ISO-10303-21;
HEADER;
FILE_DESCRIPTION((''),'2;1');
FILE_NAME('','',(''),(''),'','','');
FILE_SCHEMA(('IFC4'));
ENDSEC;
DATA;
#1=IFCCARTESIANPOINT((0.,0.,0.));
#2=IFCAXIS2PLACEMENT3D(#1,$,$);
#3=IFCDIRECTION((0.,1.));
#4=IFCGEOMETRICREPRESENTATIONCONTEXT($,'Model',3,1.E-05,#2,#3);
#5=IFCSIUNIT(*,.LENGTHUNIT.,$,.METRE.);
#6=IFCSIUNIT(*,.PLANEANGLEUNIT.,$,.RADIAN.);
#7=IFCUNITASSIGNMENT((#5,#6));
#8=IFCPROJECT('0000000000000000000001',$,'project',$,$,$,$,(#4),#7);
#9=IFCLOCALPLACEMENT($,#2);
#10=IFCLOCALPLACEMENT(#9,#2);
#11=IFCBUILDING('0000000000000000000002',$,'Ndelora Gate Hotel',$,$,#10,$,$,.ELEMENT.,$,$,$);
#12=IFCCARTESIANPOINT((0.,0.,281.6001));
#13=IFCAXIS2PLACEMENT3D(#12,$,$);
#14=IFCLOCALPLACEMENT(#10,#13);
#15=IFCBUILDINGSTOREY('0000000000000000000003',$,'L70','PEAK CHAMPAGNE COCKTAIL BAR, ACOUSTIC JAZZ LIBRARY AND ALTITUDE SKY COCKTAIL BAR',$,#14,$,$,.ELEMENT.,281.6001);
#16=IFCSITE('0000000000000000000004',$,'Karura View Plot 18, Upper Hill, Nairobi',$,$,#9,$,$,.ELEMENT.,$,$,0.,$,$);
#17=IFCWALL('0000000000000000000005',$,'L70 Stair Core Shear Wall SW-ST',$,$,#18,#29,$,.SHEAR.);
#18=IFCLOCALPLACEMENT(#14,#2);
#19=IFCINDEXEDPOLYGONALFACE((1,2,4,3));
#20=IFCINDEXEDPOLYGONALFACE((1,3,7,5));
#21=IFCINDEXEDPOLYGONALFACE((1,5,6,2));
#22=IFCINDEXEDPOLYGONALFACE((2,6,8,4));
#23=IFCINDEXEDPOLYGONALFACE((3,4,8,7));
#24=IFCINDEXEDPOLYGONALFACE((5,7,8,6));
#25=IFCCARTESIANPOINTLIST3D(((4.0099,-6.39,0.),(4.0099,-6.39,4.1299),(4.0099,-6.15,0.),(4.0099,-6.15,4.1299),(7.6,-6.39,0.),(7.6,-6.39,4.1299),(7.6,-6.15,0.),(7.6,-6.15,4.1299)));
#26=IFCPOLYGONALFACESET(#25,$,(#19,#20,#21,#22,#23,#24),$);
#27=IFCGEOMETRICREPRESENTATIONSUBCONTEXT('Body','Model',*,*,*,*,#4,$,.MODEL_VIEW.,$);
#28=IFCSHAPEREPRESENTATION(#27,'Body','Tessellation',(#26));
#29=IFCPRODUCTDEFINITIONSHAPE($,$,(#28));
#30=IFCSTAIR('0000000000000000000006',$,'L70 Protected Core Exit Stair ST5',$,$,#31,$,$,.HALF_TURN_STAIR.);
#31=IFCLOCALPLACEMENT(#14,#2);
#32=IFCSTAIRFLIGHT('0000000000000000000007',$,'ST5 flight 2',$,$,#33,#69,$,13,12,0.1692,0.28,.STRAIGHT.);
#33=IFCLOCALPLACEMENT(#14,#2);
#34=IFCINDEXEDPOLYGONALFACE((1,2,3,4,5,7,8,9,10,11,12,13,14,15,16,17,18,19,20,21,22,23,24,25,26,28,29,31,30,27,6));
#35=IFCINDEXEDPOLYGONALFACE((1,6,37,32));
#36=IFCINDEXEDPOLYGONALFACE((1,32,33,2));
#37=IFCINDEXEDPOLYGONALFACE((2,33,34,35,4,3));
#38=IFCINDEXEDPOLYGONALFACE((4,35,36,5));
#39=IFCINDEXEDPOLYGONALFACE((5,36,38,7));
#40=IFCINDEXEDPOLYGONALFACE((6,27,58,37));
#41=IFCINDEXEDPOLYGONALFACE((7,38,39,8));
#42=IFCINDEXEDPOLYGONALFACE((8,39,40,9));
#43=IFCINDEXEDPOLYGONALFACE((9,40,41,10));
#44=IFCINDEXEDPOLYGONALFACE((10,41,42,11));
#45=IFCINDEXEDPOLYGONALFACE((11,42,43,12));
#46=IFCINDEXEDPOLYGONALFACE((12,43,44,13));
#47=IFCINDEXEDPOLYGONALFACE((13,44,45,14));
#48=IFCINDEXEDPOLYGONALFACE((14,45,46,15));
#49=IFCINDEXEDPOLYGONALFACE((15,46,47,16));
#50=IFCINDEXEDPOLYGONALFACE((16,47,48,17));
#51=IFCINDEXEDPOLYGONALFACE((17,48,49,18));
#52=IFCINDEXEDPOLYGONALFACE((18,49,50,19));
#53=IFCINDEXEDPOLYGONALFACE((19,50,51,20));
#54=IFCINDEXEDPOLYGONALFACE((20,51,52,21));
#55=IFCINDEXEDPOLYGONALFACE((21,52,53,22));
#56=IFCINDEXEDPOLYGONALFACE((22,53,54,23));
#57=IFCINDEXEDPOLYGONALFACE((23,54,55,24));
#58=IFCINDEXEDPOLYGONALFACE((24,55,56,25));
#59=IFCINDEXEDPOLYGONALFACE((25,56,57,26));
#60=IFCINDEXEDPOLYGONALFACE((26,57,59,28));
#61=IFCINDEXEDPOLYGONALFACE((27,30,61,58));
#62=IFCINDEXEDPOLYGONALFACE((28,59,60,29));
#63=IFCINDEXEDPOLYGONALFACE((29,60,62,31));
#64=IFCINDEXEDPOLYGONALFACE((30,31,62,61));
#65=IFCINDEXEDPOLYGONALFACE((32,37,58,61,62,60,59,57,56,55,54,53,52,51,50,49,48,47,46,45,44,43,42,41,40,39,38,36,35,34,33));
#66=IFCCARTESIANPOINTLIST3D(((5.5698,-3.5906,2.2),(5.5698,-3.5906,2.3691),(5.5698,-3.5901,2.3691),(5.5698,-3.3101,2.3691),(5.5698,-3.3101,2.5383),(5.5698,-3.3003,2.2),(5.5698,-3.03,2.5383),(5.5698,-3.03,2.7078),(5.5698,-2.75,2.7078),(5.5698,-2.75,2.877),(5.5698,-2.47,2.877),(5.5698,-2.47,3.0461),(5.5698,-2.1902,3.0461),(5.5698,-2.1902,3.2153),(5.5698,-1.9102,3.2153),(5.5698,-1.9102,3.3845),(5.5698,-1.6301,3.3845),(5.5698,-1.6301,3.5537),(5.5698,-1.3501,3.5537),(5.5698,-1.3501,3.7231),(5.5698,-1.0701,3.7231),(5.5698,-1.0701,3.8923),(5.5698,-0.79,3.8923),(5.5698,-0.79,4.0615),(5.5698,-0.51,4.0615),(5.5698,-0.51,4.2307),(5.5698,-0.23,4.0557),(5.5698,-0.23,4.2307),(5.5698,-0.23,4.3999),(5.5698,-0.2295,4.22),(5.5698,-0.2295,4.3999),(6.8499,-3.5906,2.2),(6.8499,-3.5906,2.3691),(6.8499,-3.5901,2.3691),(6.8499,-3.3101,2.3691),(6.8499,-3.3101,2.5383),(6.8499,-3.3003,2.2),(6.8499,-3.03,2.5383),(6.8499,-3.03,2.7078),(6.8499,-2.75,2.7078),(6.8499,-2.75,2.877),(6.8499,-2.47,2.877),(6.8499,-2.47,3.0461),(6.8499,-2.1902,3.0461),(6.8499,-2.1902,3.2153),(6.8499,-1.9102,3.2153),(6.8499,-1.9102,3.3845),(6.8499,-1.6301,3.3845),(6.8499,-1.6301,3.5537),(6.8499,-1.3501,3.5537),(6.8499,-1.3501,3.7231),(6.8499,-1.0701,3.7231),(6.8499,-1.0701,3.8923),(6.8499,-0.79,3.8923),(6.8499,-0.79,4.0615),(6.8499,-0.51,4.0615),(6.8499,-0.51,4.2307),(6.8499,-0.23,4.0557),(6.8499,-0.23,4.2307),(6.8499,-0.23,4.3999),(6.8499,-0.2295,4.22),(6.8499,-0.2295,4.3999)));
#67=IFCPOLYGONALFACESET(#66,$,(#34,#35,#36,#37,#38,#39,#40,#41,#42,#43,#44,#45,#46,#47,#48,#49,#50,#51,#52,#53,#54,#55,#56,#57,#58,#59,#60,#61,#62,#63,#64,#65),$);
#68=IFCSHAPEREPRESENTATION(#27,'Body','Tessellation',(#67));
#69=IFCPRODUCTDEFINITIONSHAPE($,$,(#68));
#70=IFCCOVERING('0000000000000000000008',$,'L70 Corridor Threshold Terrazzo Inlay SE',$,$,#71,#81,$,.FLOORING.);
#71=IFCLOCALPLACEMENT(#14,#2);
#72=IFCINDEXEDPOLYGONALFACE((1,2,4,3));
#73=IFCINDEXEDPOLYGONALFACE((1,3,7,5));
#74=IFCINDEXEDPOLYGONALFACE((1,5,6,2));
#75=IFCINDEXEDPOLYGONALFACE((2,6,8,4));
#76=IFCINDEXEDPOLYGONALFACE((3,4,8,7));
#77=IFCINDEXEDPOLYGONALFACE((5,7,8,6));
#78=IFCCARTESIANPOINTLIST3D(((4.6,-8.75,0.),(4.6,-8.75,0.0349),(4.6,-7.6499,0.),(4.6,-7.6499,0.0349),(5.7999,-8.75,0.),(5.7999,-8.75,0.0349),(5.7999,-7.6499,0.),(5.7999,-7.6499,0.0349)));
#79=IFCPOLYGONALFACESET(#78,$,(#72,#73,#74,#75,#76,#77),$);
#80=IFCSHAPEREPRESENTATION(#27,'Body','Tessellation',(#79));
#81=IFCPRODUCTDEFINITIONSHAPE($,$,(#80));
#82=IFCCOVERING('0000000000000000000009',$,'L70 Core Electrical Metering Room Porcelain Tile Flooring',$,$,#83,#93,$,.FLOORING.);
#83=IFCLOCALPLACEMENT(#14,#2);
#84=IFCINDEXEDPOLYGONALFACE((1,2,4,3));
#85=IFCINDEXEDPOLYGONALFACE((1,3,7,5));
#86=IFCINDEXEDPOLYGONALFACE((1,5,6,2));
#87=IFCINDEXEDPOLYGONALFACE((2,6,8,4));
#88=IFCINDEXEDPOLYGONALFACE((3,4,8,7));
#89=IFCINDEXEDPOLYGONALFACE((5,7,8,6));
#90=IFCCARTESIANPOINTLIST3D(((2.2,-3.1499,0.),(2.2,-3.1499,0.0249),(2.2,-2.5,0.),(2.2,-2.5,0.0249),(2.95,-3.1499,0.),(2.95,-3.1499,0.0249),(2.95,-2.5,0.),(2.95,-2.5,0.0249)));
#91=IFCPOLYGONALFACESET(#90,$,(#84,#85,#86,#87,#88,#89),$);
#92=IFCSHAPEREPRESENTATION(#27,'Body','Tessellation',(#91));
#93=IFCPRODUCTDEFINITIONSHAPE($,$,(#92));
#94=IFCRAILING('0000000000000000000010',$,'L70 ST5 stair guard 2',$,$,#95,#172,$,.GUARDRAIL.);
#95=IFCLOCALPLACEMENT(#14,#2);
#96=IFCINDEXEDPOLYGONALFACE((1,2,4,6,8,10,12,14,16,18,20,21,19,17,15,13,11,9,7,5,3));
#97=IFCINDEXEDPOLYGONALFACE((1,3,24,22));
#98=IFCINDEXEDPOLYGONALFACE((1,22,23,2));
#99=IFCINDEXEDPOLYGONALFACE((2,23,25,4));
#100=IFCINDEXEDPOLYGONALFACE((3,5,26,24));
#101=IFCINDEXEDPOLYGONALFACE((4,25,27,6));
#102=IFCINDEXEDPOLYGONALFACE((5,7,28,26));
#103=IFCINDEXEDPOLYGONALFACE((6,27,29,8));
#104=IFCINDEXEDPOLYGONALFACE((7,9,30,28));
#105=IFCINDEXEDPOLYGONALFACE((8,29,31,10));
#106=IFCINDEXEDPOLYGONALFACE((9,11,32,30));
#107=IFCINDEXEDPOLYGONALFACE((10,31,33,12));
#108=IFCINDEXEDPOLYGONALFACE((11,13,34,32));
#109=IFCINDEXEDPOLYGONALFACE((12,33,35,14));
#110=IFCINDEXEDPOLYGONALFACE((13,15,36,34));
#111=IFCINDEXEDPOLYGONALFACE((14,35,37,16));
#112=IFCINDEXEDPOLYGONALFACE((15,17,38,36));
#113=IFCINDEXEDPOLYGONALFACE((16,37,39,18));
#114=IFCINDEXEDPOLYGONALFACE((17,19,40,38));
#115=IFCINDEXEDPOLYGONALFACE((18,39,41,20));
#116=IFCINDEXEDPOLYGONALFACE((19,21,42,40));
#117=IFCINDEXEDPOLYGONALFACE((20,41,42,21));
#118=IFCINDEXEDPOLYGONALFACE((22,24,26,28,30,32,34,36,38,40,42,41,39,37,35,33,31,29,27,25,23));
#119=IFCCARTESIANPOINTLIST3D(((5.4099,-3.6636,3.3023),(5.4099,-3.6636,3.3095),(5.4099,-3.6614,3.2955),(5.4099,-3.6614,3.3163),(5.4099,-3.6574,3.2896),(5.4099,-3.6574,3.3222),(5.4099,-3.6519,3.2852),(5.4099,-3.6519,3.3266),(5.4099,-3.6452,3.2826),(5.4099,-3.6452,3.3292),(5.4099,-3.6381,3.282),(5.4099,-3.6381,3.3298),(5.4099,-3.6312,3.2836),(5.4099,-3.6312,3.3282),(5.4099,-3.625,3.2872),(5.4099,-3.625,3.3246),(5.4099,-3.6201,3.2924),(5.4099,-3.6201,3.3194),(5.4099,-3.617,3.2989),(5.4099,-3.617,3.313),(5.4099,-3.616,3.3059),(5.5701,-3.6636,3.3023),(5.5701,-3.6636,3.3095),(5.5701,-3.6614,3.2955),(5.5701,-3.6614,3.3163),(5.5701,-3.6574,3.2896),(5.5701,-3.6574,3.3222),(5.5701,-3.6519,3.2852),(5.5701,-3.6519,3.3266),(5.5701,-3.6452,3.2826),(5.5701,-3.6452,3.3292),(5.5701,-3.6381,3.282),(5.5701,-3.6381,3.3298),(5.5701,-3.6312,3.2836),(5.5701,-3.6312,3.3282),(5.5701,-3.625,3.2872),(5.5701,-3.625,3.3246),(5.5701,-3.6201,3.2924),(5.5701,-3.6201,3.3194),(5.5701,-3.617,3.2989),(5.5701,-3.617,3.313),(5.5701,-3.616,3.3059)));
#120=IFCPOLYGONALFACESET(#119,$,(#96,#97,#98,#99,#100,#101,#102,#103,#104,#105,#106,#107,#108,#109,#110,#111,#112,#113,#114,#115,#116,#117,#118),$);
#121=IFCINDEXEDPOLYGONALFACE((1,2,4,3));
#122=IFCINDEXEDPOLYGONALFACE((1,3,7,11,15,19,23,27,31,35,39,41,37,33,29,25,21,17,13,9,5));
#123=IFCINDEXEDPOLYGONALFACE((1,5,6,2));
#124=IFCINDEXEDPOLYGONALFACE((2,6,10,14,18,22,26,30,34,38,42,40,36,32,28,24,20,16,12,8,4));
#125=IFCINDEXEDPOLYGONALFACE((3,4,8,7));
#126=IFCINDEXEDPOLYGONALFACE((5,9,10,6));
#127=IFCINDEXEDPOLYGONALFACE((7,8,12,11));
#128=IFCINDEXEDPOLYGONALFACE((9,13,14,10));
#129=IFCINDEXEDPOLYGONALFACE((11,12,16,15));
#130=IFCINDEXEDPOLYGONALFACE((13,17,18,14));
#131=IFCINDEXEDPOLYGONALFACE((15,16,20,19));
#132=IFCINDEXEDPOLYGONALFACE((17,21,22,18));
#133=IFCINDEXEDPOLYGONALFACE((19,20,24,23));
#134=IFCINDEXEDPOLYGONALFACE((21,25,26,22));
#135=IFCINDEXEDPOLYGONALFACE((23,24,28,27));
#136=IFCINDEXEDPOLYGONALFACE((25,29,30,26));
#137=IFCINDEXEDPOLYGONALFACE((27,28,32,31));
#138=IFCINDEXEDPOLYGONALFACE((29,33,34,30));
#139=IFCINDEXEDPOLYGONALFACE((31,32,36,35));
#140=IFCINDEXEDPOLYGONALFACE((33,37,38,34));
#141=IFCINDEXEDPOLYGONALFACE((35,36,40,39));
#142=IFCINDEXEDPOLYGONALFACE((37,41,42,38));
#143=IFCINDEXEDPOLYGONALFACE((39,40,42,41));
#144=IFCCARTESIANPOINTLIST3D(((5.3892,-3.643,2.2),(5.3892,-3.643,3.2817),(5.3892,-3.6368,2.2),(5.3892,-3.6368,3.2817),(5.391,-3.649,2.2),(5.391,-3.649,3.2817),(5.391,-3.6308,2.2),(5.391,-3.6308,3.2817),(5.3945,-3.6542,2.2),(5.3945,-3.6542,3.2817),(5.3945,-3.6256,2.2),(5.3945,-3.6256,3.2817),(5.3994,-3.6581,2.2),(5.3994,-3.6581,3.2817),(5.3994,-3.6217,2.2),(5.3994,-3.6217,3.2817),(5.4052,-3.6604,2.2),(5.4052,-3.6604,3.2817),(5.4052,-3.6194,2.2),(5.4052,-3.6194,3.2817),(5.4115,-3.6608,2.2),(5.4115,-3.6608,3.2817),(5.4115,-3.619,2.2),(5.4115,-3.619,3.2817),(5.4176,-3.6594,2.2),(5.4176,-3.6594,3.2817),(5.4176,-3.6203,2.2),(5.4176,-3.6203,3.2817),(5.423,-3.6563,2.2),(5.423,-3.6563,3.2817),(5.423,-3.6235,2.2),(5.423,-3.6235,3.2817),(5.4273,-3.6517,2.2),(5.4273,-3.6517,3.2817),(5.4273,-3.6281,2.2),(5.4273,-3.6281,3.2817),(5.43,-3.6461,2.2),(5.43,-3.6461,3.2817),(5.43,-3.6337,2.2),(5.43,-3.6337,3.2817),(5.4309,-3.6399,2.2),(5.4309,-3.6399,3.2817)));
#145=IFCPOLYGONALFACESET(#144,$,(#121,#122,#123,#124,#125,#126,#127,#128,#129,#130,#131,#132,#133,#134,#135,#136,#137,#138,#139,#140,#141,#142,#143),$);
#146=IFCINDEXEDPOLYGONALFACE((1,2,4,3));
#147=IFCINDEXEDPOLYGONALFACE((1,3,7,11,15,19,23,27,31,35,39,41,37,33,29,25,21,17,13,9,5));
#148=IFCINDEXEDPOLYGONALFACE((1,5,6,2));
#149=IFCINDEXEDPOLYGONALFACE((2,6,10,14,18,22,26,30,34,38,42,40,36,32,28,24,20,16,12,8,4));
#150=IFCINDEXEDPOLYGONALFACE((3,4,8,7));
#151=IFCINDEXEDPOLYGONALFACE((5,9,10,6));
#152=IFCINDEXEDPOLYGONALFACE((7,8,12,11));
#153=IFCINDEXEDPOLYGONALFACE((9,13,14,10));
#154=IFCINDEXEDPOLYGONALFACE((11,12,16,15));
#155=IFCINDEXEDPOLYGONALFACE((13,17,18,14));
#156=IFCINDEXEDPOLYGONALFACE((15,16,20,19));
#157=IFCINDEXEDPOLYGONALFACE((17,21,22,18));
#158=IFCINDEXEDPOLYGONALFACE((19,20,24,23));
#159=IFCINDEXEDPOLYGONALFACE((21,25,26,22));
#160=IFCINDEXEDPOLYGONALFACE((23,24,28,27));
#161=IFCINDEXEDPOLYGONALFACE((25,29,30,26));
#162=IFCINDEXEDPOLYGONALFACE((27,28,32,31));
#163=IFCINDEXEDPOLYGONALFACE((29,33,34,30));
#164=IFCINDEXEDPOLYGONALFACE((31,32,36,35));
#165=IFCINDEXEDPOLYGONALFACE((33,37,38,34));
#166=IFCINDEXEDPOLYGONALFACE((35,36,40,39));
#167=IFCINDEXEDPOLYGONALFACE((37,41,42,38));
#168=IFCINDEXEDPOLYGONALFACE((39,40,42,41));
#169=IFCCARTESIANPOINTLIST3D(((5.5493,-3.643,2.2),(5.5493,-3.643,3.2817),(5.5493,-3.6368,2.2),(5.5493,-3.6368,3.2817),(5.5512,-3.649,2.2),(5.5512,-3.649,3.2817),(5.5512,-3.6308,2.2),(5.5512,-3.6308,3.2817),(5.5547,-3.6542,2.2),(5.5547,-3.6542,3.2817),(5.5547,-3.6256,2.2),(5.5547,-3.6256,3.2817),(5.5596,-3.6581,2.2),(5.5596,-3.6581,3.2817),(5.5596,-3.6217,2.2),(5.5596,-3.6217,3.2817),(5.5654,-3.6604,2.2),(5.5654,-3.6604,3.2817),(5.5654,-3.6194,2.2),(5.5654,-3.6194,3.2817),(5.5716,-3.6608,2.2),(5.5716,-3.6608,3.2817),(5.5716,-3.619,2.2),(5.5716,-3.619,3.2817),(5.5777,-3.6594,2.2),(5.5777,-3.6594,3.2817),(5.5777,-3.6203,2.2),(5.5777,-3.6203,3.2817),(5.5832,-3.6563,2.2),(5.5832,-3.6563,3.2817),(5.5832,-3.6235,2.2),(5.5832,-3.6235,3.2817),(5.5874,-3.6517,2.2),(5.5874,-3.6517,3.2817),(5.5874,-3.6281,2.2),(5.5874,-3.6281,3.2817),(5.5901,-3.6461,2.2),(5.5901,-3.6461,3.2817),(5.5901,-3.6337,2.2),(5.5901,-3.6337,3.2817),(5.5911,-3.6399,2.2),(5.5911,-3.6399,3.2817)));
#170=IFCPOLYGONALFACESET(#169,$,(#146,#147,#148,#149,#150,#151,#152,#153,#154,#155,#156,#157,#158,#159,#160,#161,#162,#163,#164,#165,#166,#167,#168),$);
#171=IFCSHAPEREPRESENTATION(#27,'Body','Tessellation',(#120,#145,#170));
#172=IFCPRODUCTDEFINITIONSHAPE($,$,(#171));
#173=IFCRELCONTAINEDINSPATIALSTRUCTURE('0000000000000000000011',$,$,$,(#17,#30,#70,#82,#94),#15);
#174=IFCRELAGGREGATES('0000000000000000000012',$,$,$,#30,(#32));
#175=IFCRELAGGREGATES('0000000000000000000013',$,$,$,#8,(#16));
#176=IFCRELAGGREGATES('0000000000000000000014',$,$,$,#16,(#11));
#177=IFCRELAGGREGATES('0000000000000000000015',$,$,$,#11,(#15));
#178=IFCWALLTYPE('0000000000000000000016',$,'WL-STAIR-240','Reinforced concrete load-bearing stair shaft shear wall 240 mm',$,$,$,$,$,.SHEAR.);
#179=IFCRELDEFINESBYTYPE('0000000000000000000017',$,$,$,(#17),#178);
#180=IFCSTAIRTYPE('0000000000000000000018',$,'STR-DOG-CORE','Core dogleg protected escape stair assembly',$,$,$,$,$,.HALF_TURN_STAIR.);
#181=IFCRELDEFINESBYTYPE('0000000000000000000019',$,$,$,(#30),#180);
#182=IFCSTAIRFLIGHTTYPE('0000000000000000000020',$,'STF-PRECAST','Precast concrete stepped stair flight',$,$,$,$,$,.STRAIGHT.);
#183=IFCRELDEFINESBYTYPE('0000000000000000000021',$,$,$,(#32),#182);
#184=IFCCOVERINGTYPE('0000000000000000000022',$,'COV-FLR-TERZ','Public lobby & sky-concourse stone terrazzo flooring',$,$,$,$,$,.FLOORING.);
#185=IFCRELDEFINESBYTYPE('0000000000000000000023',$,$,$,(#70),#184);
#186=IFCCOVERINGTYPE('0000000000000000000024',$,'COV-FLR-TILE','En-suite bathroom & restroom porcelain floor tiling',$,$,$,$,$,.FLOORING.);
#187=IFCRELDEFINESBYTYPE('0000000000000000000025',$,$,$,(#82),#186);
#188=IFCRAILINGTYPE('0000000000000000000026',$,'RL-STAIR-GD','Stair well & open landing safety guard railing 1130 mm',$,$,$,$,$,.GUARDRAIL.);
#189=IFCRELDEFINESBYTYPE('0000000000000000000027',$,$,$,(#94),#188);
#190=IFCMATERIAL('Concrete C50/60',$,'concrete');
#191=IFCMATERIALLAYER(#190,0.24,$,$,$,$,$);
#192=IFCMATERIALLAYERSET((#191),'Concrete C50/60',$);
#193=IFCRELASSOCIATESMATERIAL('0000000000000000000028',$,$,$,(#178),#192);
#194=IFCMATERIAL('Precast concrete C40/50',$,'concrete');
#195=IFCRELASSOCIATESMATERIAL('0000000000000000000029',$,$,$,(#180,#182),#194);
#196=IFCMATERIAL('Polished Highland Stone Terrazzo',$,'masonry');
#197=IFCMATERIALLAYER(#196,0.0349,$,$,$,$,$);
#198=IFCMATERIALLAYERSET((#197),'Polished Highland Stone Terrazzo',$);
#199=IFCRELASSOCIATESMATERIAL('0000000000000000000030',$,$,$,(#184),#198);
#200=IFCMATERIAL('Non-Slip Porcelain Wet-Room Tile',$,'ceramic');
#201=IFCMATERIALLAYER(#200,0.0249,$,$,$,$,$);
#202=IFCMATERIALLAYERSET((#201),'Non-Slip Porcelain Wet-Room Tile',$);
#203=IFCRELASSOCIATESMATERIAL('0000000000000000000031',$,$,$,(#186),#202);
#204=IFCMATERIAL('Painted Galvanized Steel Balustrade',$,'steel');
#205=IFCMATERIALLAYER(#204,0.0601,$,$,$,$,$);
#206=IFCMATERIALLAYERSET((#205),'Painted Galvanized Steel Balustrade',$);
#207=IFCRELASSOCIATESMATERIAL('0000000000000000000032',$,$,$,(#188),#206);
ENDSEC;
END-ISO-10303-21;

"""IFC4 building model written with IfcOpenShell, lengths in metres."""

from ifc_helpers import new_model, si_unit, direction, frame, frame_2d, origin, origin_2d, place, context, subcontext, project, spatial, polyline, rectangle, circle, outline, extrude, material, layer, layer_set, type_object, element, aggregate, save


model = new_model("IFC4")

# Units and contexts
model_context = context("Model", 3, precision=1e-05, world=origin(), true_north=direction((0.0, 1.0)))
body_context = subcontext(model_context, "Body", "Model", "MODEL_VIEW")
ifc_project = project(units=[si_unit("LENGTHUNIT", "METRE"), si_unit("PLANEANGLEUNIT", "RADIAN")], contexts=[model_context])

# Site, building, storey
site_placement = place(None, origin())
site = spatial("IfcSite", under=ifc_project, at=site_placement, Name="Karura View Plot 18, Upper Hill, Nairobi", CompositionType="ELEMENT", RefElevation=0.0)
building_placement = place(site_placement, origin())
building = spatial("IfcBuilding", under=site, at=building_placement, Name="Ndelora Gate Hotel", CompositionType="ELEMENT")
storey_placement = place(building_placement, frame((0.0, 0.0, 281.6001)))
storey = spatial("IfcBuildingStorey", under=building, at=storey_placement, Name="L70", Description="PEAK CHAMPAGNE COCKTAIL BAR, ACOUSTIC JAZZ LIBRARY AND ALTITUDE SKY COCKTAIL BAR", CompositionType="ELEMENT", Elevation=281.6001)

# Shared definitions
ifc_material_1 = material(Name="Concrete C50/60", Category="concrete")

# Wall
ifc_layer_1 = layer(ifc_material_1, 0.24)
ifc_layer_set_1 = layer_set([ifc_layer_1], Name="Concrete C50/60")
wall_type_1 = type_object("IfcWallType", Name="WL-STAIR-240", Description="Reinforced concrete load-bearing stair shaft shear wall 240 mm", PredefinedType="SHEAR", material=ifc_layer_set_1)
wall_1_placement = place(storey_placement, frame((4.01, -6.27, 0.0), z_axis=(0.0, 0.0, 1.0), x_axis=(1.0, 0.0, 0.0)))
element("IfcWall", 1, at=wall_1_placement, inside=storey, type_object=wall_type_1, Name="L70 Stair Core Shear Wall SW-ST", PredefinedType="SHEAR", context=body_context, shape_type="SweptSolid", body=[
    extrude(rectangle(XDim=3.5901, YDim=0.24, at=frame_2d((1.7949, 0.0))), origin(), (0.0, 0.0, 1.0), 4.1299),
])

# Stair, stair flight
ifc_material_2 = material(Name="Precast concrete C40/50", Category="concrete")
stair_type = type_object("IfcStairType", Name="STR-DOG-CORE", Description="Core dogleg protected escape stair assembly", PredefinedType="HALF_TURN_STAIR", material=ifc_material_2)
stair_placement = place(storey_placement, origin())
stair = element("IfcStair", 2, at=stair_placement, inside=storey, type_object=stair_type, Name="L70 Protected Core Exit Stair ST5", PredefinedType="HALF_TURN_STAIR")
stair_flight_type = type_object("IfcStairFlightType", Name="STF-PRECAST", Description="Precast concrete stepped stair flight", PredefinedType="STRAIGHT", material=ifc_material_2)
stair_flight_placement = place(storey_placement, frame((6.21, -3.5901, 2.2), z_axis=(0.0, 0.0, 1.0), x_axis=(0.0, 1.0, 0.0)))
stair_flight = element("IfcStairFlight", 3, at=stair_flight_placement, type_object=stair_flight_type, Name="ST5 flight 2", NumberOfRisers=13, NumberOfTreads=12, PredefinedType="STRAIGHT", RiserHeight=0.1692, TreadLength=0.28, context=body_context, shape_type="SweptSolid", body=[
    extrude(outline(polyline([(-0.0005, 0.0), (-0.0005, 0.1692), (0.0, 0.1692), (0.28, 0.1692), (0.28, 0.3384), (0.5601, 0.3384), (0.5601, 0.5078), (0.8401, 0.5078), (0.8401, 0.677), (1.1201, 0.677), (1.1201, 0.8462), (1.3999, 0.8462), (1.3999, 1.0154), (1.6799, 1.0154), (1.6799, 1.1846), (1.96, 1.1846), (1.96, 1.3538), (2.24, 1.3538), (2.24, 1.5232), (2.52, 1.5232), (2.52, 1.6924), (2.8, 1.6924), (2.8, 1.8616), (3.0801, 1.8616), (3.0801, 2.0308), (3.3601, 2.0308), (3.3601, 2.2), (3.3606, 2.2), (3.3606, 2.02), (3.3601, 1.8557), (0.2898, 0.0), (-0.0005, 0.0)])), frame((0.0, 0.6401, 0.0), z_axis=(0.0, -1.0, 0.0), x_axis=(1.0, 0.0, 0.0)), (0.0, 0.0, 1.0), 1.28),
])
aggregate(stair, [stair_flight])

# Coverings
ifc_material_3 = material(Name="Polished Highland Stone Terrazzo", Category="masonry")
ifc_layer_2 = layer(ifc_material_3, 0.0349)
ifc_layer_set_2 = layer_set([ifc_layer_2], Name="Polished Highland Stone Terrazzo")
covering_type_1 = type_object("IfcCoveringType", Name="COV-FLR-TERZ", Description="Public lobby & sky-concourse stone terrazzo flooring", PredefinedType="FLOORING", material=ifc_layer_set_2)
covering_1_placement = place(storey_placement, frame((5.2, -8.2, 0.0), z_axis=(0.0, 0.0, 1.0), x_axis=(1.0, 0.0, 0.0)))
element("IfcCovering", 4, at=covering_1_placement, inside=storey, type_object=covering_type_1, Name="L70 Corridor Threshold Terrazzo Inlay SE", PredefinedType="FLOORING", context=body_context, shape_type="SweptSolid", body=[
    extrude(rectangle(XDim=1.2, YDim=1.1001, at=origin_2d()), origin(), (0.0, 0.0, 1.0), 0.0349),
])
ifc_material_4 = material(Name="Non-Slip Porcelain Wet-Room Tile", Category="ceramic")
ifc_layer_3 = layer(ifc_material_4, 0.0249)
ifc_layer_set_3 = layer_set([ifc_layer_3], Name="Non-Slip Porcelain Wet-Room Tile")
covering_type_2 = type_object("IfcCoveringType", Name="COV-FLR-TILE", Description="En-suite bathroom & restroom porcelain floor tiling", PredefinedType="FLOORING", material=ifc_layer_set_3)
covering_2_placement = place(storey_placement, frame((2.575, -2.825, 0.0), z_axis=(0.0, 0.0, 1.0), x_axis=(1.0, 0.0, 0.0)))
element("IfcCovering", 5, at=covering_2_placement, inside=storey, type_object=covering_type_2, Name="L70 Core Electrical Metering Room Porcelain Tile Flooring", PredefinedType="FLOORING", context=body_context, shape_type="SweptSolid", body=[
    extrude(rectangle(XDim=0.75, YDim=0.6499, at=origin_2d()), origin(), (0.0, 0.0, 1.0), 0.0249),
])

# Railing
ifc_material_5 = material(Name="Painted Galvanized Steel Balustrade", Category="steel")
ifc_layer_4 = layer(ifc_material_5, 0.0601)
ifc_layer_set_4 = layer_set([ifc_layer_4], Name="Painted Galvanized Steel Balustrade")
railing_type_1 = type_object("IfcRailingType", Name="RL-STAIR-GD", Description="Stair well & open landing safety guard railing 1130 mm", PredefinedType="GUARDRAIL", material=ifc_layer_set_4)
railing_1_placement = place(storey_placement, frame((5.4099, -3.6399, 2.2)))
element("IfcRailing", 6, at=railing_1_placement, inside=storey, type_object=railing_type_1, Name="L70 ST5 stair guard 2", PredefinedType="GUARDRAIL", context=body_context, shape_type="SweptSolid", body=[
    extrude(circle(Radius=0.0239, at=origin_2d()), frame((0.0, 0.0, 1.106), z_axis=(1.0, 0.0, 0.0), x_axis=(0.0, 1.0, 0.0)), (0.0, 0.0, 1.0), 0.1602),
    extrude(circle(Radius=0.021, at=origin_2d()), origin(), (0.0, 0.0, 1.0), 1.0818),
    extrude(circle(Radius=0.021, at=origin_2d()), frame((0.1602, 0.0, 0.0)), (0.0, 0.0, 1.0), 1.0818),
])

save(model, "model.ifc")
